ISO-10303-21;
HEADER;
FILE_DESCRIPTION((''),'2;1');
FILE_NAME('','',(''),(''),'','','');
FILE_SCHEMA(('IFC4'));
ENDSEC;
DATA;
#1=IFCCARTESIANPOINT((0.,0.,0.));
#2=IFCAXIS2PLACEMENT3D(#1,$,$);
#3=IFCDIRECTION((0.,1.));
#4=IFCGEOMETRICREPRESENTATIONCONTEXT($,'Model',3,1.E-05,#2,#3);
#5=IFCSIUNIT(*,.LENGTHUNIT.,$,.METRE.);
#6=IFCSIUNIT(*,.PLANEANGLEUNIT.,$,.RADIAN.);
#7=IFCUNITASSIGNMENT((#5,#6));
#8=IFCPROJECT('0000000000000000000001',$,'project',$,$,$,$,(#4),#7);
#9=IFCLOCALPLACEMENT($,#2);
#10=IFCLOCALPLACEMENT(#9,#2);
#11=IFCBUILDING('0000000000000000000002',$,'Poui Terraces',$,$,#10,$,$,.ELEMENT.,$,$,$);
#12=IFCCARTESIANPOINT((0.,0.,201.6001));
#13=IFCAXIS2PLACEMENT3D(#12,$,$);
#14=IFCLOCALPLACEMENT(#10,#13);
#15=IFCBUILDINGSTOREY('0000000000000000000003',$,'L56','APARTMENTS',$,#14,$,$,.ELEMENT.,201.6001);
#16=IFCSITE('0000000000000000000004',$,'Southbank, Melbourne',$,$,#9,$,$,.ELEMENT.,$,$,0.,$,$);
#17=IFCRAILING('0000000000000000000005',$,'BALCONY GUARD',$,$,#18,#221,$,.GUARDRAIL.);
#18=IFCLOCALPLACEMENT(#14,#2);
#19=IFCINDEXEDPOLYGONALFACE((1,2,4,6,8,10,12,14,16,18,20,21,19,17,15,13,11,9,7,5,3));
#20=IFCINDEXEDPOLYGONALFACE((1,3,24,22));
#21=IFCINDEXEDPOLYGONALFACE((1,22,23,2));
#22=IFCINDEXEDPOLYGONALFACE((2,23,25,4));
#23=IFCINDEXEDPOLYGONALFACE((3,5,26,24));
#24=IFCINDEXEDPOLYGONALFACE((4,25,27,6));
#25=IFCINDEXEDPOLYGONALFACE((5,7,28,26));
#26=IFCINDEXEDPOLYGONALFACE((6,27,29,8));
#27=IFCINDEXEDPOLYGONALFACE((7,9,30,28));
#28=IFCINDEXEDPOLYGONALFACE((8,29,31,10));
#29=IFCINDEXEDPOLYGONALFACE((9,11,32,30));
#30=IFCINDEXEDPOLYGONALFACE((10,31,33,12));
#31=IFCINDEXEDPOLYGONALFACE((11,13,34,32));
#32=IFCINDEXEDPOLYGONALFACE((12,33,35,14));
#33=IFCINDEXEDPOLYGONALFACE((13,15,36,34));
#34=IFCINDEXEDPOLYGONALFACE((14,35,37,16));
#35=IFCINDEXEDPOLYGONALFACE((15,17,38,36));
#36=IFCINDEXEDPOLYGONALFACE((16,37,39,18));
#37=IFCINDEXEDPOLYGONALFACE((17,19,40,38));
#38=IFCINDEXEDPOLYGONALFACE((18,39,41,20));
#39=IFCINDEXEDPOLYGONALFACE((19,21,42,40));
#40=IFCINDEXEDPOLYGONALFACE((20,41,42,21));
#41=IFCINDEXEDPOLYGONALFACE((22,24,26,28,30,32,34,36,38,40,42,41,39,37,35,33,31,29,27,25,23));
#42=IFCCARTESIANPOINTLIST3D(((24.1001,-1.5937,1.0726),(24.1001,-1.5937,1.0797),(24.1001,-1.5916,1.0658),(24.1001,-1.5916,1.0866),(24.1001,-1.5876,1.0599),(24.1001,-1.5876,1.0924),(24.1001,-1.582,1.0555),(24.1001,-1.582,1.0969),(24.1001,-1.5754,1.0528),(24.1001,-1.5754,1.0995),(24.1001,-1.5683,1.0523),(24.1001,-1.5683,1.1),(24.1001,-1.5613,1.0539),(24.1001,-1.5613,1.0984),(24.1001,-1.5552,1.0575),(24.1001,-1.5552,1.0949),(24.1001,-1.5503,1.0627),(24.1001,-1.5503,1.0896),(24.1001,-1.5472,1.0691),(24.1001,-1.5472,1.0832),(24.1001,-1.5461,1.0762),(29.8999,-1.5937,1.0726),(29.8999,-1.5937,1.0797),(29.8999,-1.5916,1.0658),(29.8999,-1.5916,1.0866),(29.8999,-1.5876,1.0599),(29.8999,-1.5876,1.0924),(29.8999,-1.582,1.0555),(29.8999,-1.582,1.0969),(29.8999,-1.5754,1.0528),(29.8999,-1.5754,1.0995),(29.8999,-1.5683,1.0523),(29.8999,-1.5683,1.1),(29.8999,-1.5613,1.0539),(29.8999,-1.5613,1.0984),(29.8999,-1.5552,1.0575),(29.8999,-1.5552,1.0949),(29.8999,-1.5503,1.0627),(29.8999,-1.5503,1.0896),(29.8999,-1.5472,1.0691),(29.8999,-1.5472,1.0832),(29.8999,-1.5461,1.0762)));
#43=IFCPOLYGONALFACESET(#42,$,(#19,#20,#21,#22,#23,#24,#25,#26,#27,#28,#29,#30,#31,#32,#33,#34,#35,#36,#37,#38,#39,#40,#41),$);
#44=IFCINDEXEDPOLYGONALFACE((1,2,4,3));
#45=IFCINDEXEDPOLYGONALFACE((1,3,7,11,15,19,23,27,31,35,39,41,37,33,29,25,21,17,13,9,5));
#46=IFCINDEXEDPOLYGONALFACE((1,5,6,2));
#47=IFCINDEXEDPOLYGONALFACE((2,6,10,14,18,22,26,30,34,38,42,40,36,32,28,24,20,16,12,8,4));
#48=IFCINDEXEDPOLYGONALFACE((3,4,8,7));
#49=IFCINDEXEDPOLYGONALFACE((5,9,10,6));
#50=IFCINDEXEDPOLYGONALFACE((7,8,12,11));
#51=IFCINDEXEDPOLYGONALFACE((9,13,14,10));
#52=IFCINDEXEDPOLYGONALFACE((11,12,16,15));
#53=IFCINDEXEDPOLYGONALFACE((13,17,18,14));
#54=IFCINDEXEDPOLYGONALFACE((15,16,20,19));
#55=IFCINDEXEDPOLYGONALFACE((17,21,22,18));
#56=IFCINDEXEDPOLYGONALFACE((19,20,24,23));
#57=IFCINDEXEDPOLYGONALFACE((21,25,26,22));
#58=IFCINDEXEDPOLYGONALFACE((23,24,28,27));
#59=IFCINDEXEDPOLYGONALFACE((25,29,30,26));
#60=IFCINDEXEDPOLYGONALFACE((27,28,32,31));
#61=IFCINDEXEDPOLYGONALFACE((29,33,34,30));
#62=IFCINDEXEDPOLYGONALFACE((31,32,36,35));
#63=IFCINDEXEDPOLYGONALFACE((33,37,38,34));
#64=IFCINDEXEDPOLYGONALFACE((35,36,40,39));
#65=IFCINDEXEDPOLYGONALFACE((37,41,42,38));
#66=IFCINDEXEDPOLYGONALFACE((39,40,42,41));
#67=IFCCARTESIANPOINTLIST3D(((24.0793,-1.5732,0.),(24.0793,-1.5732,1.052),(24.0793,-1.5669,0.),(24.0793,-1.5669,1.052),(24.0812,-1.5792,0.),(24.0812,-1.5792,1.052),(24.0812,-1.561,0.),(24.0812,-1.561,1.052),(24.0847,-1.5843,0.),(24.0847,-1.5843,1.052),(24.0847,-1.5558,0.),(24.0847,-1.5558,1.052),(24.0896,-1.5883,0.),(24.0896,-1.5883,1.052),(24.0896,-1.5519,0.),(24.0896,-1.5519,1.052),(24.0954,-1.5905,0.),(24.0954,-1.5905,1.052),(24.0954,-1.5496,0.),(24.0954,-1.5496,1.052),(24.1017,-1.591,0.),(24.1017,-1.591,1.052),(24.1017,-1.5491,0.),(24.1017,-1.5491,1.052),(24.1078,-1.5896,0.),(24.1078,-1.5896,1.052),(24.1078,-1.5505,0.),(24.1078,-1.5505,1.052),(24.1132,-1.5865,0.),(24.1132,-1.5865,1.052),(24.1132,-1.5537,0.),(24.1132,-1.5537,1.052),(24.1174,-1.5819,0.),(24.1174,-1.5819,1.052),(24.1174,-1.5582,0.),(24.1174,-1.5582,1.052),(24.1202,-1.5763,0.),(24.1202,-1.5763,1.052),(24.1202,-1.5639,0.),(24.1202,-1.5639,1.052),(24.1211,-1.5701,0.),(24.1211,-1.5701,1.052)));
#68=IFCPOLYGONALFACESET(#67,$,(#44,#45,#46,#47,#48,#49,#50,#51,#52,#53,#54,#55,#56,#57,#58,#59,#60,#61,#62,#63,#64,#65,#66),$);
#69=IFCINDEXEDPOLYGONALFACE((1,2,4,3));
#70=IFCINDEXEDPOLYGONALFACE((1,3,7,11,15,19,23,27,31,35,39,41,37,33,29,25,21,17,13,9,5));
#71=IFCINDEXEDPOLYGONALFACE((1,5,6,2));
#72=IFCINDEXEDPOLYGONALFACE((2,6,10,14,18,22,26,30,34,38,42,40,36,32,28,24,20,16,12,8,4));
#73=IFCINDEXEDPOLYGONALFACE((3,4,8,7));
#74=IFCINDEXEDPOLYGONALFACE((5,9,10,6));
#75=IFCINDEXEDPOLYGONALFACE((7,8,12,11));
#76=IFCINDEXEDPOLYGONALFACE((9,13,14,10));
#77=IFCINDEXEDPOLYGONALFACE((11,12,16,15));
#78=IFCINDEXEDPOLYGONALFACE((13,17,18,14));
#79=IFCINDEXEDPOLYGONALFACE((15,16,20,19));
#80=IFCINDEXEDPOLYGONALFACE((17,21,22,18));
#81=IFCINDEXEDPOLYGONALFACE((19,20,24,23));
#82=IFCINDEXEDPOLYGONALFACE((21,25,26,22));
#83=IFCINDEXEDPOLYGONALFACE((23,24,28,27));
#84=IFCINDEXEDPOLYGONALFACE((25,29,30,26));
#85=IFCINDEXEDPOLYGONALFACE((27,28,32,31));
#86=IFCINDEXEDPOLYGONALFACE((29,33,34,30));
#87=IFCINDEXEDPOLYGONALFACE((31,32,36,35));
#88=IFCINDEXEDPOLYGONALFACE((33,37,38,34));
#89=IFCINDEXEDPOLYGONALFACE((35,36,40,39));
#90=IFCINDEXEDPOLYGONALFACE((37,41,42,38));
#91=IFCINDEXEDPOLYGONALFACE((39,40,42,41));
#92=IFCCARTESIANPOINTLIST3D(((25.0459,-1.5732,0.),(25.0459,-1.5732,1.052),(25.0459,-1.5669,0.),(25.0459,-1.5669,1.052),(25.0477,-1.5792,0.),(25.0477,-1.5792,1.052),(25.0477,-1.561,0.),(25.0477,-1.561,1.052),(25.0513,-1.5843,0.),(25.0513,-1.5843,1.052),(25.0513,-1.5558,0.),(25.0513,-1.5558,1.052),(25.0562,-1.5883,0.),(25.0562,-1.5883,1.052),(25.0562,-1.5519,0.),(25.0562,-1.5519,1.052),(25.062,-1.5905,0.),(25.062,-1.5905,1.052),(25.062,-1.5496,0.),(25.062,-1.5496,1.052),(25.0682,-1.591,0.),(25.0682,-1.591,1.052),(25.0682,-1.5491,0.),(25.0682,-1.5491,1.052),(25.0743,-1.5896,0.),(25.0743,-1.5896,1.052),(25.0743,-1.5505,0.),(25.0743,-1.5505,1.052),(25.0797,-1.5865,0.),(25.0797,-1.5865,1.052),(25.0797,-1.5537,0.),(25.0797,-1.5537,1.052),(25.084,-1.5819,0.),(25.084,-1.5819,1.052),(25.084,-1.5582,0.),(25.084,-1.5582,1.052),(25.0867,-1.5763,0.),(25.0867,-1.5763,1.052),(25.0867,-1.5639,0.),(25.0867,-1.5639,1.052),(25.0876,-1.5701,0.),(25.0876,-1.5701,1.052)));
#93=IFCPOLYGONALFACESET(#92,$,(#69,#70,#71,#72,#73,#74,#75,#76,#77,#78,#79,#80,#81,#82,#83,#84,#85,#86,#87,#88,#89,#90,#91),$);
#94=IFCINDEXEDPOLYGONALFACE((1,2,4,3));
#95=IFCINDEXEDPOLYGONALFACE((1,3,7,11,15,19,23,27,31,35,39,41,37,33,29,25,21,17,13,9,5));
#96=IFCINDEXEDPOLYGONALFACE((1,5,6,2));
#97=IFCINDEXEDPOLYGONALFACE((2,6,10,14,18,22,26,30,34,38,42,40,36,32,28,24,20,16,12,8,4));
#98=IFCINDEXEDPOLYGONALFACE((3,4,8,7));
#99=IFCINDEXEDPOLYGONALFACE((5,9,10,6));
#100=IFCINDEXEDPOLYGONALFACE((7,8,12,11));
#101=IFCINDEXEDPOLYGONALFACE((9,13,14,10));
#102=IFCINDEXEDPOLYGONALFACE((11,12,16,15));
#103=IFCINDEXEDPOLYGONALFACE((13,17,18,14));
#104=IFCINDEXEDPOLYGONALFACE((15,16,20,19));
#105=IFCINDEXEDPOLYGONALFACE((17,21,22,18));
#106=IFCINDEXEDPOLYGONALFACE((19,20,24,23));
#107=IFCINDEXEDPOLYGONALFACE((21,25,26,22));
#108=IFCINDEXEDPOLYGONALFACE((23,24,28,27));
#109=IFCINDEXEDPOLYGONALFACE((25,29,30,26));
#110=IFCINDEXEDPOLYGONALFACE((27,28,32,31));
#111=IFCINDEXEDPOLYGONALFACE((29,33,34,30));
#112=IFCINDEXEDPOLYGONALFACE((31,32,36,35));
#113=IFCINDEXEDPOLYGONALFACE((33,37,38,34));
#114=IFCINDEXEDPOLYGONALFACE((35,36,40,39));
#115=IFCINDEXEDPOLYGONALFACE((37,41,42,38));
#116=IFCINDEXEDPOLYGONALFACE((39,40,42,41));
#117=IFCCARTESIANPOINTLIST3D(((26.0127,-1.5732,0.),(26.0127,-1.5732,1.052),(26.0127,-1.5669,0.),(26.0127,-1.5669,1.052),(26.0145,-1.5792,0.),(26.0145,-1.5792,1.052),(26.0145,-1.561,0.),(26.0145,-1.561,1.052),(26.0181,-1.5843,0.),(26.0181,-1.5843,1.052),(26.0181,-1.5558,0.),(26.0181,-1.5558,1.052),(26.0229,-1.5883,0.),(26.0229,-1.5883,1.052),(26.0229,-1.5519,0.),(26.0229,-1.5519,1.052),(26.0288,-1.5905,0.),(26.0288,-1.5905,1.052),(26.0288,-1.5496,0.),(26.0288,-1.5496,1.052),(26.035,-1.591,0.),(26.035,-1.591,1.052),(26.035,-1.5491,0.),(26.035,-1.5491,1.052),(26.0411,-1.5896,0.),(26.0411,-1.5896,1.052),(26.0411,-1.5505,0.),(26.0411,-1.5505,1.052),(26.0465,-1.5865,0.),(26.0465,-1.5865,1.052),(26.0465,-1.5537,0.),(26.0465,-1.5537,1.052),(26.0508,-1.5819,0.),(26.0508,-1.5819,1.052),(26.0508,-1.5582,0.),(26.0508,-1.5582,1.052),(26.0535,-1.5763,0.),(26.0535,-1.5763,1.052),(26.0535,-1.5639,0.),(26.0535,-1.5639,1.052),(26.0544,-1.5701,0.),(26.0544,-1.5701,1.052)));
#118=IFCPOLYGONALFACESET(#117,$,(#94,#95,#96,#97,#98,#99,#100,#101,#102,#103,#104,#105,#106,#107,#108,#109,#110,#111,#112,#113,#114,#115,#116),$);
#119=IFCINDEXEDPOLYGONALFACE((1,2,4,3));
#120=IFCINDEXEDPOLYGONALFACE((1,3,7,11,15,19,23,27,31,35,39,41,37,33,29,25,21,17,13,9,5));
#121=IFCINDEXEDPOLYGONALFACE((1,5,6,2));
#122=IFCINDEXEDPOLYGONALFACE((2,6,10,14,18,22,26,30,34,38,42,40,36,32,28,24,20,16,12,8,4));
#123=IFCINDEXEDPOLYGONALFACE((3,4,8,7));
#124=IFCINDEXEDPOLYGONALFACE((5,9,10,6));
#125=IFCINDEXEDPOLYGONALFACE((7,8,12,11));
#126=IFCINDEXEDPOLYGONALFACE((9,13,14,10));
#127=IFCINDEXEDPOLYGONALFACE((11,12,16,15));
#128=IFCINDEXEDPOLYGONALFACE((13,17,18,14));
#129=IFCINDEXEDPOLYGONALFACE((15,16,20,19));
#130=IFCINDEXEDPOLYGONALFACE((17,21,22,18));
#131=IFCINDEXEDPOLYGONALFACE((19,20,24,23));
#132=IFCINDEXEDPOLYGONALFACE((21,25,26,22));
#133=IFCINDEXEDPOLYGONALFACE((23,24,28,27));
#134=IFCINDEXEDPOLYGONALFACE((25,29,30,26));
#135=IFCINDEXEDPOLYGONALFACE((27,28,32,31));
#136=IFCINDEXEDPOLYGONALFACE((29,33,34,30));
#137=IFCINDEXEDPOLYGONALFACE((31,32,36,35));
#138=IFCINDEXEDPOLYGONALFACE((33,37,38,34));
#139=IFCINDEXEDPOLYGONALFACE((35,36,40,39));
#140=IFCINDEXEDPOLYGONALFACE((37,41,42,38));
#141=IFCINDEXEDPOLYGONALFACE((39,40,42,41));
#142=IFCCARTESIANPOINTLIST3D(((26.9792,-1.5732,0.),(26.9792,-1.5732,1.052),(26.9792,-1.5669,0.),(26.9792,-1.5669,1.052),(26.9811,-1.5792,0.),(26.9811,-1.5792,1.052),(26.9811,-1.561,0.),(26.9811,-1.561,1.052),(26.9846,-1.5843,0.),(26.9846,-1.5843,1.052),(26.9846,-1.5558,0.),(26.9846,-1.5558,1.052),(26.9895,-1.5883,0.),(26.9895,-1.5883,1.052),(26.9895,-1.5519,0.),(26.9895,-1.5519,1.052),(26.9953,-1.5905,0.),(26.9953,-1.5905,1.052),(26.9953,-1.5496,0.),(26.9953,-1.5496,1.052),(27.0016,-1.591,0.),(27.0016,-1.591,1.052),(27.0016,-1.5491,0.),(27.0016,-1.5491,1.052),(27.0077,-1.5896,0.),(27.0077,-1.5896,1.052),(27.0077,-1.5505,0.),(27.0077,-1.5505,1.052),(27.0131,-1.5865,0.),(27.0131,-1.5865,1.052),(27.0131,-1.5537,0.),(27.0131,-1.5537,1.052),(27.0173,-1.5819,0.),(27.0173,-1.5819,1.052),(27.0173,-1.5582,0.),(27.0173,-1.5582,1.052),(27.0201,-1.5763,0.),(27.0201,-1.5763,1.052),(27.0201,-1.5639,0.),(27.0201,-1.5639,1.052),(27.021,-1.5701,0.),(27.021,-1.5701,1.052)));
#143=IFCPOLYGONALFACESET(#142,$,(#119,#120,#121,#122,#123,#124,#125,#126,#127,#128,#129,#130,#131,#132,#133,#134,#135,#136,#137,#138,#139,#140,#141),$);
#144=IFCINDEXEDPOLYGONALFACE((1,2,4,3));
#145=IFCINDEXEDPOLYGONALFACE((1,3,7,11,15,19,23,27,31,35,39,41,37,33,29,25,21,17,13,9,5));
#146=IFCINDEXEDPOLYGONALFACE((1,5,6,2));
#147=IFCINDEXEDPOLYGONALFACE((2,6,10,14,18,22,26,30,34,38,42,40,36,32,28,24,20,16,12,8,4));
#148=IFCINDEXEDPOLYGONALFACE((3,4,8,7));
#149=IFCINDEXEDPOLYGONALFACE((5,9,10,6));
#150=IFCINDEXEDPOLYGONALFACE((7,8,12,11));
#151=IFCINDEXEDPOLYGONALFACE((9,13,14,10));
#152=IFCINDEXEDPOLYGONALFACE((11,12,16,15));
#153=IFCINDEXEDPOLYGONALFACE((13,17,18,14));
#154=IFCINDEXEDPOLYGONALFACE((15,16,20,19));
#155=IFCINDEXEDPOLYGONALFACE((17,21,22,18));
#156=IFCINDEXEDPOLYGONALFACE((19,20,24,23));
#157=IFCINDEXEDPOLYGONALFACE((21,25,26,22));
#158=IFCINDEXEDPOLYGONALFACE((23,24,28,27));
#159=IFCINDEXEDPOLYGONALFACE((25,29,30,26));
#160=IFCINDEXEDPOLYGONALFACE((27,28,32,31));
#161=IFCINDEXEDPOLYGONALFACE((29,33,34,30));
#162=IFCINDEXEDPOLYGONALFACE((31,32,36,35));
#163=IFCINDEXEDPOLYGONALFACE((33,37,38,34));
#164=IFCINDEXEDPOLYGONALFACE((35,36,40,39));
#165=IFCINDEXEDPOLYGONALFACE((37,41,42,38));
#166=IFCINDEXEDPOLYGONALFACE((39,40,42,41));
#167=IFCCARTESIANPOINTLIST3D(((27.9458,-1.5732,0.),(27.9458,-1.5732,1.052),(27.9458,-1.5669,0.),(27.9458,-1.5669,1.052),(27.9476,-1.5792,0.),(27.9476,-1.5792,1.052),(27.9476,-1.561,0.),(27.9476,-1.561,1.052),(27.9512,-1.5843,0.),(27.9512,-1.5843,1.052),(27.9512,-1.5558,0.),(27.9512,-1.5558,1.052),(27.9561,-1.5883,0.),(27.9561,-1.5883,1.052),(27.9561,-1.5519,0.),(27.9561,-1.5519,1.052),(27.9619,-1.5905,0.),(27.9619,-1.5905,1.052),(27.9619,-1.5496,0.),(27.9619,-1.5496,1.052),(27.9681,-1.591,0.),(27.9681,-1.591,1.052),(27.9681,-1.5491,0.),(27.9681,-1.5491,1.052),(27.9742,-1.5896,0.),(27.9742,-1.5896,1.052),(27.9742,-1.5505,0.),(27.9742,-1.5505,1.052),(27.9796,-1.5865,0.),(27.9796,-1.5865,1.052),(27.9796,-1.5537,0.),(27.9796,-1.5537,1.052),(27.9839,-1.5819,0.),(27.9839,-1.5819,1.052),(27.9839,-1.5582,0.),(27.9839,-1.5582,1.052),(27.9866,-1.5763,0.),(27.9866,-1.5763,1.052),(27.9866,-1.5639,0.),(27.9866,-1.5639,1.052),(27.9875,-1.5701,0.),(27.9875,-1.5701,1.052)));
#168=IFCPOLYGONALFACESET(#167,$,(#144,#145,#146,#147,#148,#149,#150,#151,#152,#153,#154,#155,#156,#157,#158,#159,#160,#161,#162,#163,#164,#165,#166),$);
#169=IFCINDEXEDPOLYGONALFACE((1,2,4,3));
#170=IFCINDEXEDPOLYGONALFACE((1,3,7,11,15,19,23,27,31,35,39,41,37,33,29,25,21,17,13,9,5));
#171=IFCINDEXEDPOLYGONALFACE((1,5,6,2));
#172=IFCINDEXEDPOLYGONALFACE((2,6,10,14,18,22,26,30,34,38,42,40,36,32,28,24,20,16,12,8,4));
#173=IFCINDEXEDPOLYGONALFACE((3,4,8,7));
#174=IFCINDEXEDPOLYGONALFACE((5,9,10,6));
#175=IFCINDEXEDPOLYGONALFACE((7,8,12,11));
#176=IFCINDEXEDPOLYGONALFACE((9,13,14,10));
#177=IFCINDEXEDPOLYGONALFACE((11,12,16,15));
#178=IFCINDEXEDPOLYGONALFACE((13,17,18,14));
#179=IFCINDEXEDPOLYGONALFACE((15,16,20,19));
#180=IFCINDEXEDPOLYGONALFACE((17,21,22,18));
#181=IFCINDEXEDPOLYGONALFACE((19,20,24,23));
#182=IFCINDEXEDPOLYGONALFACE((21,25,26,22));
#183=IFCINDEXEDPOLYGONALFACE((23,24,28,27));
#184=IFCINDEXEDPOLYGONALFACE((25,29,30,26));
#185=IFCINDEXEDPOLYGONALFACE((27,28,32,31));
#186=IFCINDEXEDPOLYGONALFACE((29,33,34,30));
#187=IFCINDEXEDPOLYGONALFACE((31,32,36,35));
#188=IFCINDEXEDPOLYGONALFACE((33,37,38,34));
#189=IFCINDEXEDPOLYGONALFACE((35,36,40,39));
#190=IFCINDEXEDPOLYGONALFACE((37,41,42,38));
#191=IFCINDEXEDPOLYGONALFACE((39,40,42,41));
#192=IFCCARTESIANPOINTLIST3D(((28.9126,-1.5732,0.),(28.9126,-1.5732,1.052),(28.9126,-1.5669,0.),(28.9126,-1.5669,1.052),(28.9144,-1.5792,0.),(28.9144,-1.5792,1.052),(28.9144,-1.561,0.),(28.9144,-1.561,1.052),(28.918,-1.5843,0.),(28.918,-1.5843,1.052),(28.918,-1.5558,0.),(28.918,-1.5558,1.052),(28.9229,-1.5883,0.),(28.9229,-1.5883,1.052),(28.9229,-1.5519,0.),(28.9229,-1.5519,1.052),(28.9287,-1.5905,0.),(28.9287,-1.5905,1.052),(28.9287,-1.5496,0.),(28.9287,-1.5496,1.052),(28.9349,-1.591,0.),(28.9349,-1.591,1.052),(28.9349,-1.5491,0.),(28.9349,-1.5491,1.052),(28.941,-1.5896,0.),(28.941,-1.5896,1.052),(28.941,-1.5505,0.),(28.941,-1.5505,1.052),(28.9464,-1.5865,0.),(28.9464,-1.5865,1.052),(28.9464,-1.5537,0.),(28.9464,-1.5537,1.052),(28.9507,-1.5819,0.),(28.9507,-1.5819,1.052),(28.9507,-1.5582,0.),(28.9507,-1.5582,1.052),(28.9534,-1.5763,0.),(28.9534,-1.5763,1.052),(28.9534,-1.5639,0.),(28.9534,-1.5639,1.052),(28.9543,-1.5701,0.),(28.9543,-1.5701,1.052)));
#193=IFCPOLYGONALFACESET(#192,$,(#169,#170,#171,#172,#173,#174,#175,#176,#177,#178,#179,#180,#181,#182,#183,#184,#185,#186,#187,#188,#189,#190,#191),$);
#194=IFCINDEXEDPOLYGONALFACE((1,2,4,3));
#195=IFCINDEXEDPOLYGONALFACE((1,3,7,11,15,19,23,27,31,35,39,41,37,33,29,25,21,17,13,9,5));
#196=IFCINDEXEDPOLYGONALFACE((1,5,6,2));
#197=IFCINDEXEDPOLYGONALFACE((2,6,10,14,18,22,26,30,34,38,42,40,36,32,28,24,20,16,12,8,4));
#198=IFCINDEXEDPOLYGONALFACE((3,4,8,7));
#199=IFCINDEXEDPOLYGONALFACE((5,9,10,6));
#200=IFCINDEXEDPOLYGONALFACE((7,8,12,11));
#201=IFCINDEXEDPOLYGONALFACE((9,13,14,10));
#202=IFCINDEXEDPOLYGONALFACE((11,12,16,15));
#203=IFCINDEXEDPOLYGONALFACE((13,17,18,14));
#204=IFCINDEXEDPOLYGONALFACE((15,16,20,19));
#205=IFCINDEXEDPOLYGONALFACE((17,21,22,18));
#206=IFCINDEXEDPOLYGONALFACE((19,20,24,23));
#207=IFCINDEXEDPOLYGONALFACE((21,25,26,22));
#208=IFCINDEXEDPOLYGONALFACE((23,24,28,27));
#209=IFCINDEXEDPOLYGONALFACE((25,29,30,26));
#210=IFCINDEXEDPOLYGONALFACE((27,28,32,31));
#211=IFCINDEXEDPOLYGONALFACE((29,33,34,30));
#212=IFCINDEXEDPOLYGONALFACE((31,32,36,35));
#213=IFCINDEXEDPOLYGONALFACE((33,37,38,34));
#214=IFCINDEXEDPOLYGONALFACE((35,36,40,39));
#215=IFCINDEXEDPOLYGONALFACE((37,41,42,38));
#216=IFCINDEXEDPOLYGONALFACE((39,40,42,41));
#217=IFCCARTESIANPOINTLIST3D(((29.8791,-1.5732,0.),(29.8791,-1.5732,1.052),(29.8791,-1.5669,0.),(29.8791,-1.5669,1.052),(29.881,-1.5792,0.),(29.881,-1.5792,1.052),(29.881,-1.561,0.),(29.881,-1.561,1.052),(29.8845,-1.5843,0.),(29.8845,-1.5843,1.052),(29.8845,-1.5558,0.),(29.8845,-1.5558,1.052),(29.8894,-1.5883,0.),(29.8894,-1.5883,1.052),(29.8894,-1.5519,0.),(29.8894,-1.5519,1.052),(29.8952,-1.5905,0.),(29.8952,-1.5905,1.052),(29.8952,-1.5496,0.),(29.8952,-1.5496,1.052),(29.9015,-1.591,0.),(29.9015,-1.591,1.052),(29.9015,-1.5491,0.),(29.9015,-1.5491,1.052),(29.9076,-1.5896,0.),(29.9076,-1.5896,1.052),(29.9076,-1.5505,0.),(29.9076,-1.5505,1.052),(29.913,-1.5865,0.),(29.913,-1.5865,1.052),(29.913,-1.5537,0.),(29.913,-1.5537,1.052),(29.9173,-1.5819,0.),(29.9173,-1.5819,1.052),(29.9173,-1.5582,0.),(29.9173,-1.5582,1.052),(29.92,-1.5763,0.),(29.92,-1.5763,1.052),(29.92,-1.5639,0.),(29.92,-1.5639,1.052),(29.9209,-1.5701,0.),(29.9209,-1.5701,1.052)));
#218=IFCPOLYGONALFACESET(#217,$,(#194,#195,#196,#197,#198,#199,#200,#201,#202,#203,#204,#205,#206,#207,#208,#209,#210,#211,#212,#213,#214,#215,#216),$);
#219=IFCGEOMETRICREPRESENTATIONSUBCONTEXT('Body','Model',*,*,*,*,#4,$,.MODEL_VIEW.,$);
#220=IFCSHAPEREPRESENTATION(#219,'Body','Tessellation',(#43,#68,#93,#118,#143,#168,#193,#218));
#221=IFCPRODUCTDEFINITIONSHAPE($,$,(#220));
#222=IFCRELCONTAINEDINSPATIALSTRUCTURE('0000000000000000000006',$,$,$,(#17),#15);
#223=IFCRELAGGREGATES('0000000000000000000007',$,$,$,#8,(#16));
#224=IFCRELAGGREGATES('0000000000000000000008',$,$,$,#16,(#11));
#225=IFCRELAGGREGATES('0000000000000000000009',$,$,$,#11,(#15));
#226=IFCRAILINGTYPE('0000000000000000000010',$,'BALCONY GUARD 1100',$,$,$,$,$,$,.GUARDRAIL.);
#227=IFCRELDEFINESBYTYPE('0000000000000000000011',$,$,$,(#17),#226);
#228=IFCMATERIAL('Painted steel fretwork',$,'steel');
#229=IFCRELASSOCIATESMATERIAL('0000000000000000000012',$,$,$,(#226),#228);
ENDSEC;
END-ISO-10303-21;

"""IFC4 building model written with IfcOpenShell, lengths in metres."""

from ifc_helpers import new_model, si_unit, direction, frame, origin, origin_2d, place, context, subcontext, project, spatial, circle, extrude, material, type_object, element, save


model = new_model("IFC4")

# Units and contexts
model_context = context("Model", 3, precision=1e-05, world=origin(), true_north=direction((0.0, 1.0)))
body_context = subcontext(model_context, "Body", "Model", "MODEL_VIEW")
ifc_project = project(units=[si_unit("LENGTHUNIT", "METRE"), si_unit("PLANEANGLEUNIT", "RADIAN")], contexts=[model_context])

# Site, building, storey
site_placement = place(None, origin())
site = spatial("IfcSite", under=ifc_project, at=site_placement, Name="Southbank, Melbourne", CompositionType="ELEMENT", RefElevation=0.0)
building_placement = place(site_placement, origin())
building = spatial("IfcBuilding", under=site, at=building_placement, Name="Poui Terraces", CompositionType="ELEMENT")
storey_placement = place(building_placement, frame((0.0, 0.0, 201.6001)))
storey = spatial("IfcBuildingStorey", under=building, at=storey_placement, Name="L56", Description="APARTMENTS", CompositionType="ELEMENT", Elevation=201.6001)

# Railing
ifc_material_1 = material(Name="Painted steel fretwork", Category="steel")
railing_type = type_object("IfcRailingType", Name="BALCONY GUARD 1100", PredefinedType="GUARDRAIL", material=ifc_material_1)
railing_placement = place(storey_placement, frame((24.1001, -1.5701, 0.0)))
element("IfcRailing", 1, at=railing_placement, inside=storey, type_object=railing_type, Name="BALCONY GUARD", PredefinedType="GUARDRAIL", context=body_context, shape_type="SweptSolid", body=[
    extrude(circle(Radius=0.0239, at=origin_2d()), frame((0.0, 0.0, 1.0762), z_axis=(1.0, 0.0, 0.0), x_axis=(0.0, 1.0, 0.0)), (0.0, 0.0, 1.0), 5.7998),
    extrude(circle(Radius=0.021, at=origin_2d()), origin(), (0.0, 0.0, 1.0), 1.052),
    extrude(circle(Radius=0.021, at=origin_2d()), frame((0.9666, 0.0, 0.0)), (0.0, 0.0, 1.0), 1.052),
    extrude(circle(Radius=0.021, at=origin_2d()), frame((1.9333, 0.0, 0.0)), (0.0, 0.0, 1.0), 1.052),
    extrude(circle(Radius=0.021, at=origin_2d()), frame((2.8999, 0.0, 0.0)), (0.0, 0.0, 1.0), 1.052),
    extrude(circle(Radius=0.021, at=origin_2d()), frame((3.8665, 0.0, 0.0)), (0.0, 0.0, 1.0), 1.052),
    extrude(circle(Radius=0.021, at=origin_2d()), frame((4.8333, 0.0, 0.0)), (0.0, 0.0, 1.0), 1.052),
    extrude(circle(Radius=0.021, at=origin_2d()), frame((5.7998, 0.0, 0.0)), (0.0, 0.0, 1.0), 1.052),
])

save(model, "model.ifc")
